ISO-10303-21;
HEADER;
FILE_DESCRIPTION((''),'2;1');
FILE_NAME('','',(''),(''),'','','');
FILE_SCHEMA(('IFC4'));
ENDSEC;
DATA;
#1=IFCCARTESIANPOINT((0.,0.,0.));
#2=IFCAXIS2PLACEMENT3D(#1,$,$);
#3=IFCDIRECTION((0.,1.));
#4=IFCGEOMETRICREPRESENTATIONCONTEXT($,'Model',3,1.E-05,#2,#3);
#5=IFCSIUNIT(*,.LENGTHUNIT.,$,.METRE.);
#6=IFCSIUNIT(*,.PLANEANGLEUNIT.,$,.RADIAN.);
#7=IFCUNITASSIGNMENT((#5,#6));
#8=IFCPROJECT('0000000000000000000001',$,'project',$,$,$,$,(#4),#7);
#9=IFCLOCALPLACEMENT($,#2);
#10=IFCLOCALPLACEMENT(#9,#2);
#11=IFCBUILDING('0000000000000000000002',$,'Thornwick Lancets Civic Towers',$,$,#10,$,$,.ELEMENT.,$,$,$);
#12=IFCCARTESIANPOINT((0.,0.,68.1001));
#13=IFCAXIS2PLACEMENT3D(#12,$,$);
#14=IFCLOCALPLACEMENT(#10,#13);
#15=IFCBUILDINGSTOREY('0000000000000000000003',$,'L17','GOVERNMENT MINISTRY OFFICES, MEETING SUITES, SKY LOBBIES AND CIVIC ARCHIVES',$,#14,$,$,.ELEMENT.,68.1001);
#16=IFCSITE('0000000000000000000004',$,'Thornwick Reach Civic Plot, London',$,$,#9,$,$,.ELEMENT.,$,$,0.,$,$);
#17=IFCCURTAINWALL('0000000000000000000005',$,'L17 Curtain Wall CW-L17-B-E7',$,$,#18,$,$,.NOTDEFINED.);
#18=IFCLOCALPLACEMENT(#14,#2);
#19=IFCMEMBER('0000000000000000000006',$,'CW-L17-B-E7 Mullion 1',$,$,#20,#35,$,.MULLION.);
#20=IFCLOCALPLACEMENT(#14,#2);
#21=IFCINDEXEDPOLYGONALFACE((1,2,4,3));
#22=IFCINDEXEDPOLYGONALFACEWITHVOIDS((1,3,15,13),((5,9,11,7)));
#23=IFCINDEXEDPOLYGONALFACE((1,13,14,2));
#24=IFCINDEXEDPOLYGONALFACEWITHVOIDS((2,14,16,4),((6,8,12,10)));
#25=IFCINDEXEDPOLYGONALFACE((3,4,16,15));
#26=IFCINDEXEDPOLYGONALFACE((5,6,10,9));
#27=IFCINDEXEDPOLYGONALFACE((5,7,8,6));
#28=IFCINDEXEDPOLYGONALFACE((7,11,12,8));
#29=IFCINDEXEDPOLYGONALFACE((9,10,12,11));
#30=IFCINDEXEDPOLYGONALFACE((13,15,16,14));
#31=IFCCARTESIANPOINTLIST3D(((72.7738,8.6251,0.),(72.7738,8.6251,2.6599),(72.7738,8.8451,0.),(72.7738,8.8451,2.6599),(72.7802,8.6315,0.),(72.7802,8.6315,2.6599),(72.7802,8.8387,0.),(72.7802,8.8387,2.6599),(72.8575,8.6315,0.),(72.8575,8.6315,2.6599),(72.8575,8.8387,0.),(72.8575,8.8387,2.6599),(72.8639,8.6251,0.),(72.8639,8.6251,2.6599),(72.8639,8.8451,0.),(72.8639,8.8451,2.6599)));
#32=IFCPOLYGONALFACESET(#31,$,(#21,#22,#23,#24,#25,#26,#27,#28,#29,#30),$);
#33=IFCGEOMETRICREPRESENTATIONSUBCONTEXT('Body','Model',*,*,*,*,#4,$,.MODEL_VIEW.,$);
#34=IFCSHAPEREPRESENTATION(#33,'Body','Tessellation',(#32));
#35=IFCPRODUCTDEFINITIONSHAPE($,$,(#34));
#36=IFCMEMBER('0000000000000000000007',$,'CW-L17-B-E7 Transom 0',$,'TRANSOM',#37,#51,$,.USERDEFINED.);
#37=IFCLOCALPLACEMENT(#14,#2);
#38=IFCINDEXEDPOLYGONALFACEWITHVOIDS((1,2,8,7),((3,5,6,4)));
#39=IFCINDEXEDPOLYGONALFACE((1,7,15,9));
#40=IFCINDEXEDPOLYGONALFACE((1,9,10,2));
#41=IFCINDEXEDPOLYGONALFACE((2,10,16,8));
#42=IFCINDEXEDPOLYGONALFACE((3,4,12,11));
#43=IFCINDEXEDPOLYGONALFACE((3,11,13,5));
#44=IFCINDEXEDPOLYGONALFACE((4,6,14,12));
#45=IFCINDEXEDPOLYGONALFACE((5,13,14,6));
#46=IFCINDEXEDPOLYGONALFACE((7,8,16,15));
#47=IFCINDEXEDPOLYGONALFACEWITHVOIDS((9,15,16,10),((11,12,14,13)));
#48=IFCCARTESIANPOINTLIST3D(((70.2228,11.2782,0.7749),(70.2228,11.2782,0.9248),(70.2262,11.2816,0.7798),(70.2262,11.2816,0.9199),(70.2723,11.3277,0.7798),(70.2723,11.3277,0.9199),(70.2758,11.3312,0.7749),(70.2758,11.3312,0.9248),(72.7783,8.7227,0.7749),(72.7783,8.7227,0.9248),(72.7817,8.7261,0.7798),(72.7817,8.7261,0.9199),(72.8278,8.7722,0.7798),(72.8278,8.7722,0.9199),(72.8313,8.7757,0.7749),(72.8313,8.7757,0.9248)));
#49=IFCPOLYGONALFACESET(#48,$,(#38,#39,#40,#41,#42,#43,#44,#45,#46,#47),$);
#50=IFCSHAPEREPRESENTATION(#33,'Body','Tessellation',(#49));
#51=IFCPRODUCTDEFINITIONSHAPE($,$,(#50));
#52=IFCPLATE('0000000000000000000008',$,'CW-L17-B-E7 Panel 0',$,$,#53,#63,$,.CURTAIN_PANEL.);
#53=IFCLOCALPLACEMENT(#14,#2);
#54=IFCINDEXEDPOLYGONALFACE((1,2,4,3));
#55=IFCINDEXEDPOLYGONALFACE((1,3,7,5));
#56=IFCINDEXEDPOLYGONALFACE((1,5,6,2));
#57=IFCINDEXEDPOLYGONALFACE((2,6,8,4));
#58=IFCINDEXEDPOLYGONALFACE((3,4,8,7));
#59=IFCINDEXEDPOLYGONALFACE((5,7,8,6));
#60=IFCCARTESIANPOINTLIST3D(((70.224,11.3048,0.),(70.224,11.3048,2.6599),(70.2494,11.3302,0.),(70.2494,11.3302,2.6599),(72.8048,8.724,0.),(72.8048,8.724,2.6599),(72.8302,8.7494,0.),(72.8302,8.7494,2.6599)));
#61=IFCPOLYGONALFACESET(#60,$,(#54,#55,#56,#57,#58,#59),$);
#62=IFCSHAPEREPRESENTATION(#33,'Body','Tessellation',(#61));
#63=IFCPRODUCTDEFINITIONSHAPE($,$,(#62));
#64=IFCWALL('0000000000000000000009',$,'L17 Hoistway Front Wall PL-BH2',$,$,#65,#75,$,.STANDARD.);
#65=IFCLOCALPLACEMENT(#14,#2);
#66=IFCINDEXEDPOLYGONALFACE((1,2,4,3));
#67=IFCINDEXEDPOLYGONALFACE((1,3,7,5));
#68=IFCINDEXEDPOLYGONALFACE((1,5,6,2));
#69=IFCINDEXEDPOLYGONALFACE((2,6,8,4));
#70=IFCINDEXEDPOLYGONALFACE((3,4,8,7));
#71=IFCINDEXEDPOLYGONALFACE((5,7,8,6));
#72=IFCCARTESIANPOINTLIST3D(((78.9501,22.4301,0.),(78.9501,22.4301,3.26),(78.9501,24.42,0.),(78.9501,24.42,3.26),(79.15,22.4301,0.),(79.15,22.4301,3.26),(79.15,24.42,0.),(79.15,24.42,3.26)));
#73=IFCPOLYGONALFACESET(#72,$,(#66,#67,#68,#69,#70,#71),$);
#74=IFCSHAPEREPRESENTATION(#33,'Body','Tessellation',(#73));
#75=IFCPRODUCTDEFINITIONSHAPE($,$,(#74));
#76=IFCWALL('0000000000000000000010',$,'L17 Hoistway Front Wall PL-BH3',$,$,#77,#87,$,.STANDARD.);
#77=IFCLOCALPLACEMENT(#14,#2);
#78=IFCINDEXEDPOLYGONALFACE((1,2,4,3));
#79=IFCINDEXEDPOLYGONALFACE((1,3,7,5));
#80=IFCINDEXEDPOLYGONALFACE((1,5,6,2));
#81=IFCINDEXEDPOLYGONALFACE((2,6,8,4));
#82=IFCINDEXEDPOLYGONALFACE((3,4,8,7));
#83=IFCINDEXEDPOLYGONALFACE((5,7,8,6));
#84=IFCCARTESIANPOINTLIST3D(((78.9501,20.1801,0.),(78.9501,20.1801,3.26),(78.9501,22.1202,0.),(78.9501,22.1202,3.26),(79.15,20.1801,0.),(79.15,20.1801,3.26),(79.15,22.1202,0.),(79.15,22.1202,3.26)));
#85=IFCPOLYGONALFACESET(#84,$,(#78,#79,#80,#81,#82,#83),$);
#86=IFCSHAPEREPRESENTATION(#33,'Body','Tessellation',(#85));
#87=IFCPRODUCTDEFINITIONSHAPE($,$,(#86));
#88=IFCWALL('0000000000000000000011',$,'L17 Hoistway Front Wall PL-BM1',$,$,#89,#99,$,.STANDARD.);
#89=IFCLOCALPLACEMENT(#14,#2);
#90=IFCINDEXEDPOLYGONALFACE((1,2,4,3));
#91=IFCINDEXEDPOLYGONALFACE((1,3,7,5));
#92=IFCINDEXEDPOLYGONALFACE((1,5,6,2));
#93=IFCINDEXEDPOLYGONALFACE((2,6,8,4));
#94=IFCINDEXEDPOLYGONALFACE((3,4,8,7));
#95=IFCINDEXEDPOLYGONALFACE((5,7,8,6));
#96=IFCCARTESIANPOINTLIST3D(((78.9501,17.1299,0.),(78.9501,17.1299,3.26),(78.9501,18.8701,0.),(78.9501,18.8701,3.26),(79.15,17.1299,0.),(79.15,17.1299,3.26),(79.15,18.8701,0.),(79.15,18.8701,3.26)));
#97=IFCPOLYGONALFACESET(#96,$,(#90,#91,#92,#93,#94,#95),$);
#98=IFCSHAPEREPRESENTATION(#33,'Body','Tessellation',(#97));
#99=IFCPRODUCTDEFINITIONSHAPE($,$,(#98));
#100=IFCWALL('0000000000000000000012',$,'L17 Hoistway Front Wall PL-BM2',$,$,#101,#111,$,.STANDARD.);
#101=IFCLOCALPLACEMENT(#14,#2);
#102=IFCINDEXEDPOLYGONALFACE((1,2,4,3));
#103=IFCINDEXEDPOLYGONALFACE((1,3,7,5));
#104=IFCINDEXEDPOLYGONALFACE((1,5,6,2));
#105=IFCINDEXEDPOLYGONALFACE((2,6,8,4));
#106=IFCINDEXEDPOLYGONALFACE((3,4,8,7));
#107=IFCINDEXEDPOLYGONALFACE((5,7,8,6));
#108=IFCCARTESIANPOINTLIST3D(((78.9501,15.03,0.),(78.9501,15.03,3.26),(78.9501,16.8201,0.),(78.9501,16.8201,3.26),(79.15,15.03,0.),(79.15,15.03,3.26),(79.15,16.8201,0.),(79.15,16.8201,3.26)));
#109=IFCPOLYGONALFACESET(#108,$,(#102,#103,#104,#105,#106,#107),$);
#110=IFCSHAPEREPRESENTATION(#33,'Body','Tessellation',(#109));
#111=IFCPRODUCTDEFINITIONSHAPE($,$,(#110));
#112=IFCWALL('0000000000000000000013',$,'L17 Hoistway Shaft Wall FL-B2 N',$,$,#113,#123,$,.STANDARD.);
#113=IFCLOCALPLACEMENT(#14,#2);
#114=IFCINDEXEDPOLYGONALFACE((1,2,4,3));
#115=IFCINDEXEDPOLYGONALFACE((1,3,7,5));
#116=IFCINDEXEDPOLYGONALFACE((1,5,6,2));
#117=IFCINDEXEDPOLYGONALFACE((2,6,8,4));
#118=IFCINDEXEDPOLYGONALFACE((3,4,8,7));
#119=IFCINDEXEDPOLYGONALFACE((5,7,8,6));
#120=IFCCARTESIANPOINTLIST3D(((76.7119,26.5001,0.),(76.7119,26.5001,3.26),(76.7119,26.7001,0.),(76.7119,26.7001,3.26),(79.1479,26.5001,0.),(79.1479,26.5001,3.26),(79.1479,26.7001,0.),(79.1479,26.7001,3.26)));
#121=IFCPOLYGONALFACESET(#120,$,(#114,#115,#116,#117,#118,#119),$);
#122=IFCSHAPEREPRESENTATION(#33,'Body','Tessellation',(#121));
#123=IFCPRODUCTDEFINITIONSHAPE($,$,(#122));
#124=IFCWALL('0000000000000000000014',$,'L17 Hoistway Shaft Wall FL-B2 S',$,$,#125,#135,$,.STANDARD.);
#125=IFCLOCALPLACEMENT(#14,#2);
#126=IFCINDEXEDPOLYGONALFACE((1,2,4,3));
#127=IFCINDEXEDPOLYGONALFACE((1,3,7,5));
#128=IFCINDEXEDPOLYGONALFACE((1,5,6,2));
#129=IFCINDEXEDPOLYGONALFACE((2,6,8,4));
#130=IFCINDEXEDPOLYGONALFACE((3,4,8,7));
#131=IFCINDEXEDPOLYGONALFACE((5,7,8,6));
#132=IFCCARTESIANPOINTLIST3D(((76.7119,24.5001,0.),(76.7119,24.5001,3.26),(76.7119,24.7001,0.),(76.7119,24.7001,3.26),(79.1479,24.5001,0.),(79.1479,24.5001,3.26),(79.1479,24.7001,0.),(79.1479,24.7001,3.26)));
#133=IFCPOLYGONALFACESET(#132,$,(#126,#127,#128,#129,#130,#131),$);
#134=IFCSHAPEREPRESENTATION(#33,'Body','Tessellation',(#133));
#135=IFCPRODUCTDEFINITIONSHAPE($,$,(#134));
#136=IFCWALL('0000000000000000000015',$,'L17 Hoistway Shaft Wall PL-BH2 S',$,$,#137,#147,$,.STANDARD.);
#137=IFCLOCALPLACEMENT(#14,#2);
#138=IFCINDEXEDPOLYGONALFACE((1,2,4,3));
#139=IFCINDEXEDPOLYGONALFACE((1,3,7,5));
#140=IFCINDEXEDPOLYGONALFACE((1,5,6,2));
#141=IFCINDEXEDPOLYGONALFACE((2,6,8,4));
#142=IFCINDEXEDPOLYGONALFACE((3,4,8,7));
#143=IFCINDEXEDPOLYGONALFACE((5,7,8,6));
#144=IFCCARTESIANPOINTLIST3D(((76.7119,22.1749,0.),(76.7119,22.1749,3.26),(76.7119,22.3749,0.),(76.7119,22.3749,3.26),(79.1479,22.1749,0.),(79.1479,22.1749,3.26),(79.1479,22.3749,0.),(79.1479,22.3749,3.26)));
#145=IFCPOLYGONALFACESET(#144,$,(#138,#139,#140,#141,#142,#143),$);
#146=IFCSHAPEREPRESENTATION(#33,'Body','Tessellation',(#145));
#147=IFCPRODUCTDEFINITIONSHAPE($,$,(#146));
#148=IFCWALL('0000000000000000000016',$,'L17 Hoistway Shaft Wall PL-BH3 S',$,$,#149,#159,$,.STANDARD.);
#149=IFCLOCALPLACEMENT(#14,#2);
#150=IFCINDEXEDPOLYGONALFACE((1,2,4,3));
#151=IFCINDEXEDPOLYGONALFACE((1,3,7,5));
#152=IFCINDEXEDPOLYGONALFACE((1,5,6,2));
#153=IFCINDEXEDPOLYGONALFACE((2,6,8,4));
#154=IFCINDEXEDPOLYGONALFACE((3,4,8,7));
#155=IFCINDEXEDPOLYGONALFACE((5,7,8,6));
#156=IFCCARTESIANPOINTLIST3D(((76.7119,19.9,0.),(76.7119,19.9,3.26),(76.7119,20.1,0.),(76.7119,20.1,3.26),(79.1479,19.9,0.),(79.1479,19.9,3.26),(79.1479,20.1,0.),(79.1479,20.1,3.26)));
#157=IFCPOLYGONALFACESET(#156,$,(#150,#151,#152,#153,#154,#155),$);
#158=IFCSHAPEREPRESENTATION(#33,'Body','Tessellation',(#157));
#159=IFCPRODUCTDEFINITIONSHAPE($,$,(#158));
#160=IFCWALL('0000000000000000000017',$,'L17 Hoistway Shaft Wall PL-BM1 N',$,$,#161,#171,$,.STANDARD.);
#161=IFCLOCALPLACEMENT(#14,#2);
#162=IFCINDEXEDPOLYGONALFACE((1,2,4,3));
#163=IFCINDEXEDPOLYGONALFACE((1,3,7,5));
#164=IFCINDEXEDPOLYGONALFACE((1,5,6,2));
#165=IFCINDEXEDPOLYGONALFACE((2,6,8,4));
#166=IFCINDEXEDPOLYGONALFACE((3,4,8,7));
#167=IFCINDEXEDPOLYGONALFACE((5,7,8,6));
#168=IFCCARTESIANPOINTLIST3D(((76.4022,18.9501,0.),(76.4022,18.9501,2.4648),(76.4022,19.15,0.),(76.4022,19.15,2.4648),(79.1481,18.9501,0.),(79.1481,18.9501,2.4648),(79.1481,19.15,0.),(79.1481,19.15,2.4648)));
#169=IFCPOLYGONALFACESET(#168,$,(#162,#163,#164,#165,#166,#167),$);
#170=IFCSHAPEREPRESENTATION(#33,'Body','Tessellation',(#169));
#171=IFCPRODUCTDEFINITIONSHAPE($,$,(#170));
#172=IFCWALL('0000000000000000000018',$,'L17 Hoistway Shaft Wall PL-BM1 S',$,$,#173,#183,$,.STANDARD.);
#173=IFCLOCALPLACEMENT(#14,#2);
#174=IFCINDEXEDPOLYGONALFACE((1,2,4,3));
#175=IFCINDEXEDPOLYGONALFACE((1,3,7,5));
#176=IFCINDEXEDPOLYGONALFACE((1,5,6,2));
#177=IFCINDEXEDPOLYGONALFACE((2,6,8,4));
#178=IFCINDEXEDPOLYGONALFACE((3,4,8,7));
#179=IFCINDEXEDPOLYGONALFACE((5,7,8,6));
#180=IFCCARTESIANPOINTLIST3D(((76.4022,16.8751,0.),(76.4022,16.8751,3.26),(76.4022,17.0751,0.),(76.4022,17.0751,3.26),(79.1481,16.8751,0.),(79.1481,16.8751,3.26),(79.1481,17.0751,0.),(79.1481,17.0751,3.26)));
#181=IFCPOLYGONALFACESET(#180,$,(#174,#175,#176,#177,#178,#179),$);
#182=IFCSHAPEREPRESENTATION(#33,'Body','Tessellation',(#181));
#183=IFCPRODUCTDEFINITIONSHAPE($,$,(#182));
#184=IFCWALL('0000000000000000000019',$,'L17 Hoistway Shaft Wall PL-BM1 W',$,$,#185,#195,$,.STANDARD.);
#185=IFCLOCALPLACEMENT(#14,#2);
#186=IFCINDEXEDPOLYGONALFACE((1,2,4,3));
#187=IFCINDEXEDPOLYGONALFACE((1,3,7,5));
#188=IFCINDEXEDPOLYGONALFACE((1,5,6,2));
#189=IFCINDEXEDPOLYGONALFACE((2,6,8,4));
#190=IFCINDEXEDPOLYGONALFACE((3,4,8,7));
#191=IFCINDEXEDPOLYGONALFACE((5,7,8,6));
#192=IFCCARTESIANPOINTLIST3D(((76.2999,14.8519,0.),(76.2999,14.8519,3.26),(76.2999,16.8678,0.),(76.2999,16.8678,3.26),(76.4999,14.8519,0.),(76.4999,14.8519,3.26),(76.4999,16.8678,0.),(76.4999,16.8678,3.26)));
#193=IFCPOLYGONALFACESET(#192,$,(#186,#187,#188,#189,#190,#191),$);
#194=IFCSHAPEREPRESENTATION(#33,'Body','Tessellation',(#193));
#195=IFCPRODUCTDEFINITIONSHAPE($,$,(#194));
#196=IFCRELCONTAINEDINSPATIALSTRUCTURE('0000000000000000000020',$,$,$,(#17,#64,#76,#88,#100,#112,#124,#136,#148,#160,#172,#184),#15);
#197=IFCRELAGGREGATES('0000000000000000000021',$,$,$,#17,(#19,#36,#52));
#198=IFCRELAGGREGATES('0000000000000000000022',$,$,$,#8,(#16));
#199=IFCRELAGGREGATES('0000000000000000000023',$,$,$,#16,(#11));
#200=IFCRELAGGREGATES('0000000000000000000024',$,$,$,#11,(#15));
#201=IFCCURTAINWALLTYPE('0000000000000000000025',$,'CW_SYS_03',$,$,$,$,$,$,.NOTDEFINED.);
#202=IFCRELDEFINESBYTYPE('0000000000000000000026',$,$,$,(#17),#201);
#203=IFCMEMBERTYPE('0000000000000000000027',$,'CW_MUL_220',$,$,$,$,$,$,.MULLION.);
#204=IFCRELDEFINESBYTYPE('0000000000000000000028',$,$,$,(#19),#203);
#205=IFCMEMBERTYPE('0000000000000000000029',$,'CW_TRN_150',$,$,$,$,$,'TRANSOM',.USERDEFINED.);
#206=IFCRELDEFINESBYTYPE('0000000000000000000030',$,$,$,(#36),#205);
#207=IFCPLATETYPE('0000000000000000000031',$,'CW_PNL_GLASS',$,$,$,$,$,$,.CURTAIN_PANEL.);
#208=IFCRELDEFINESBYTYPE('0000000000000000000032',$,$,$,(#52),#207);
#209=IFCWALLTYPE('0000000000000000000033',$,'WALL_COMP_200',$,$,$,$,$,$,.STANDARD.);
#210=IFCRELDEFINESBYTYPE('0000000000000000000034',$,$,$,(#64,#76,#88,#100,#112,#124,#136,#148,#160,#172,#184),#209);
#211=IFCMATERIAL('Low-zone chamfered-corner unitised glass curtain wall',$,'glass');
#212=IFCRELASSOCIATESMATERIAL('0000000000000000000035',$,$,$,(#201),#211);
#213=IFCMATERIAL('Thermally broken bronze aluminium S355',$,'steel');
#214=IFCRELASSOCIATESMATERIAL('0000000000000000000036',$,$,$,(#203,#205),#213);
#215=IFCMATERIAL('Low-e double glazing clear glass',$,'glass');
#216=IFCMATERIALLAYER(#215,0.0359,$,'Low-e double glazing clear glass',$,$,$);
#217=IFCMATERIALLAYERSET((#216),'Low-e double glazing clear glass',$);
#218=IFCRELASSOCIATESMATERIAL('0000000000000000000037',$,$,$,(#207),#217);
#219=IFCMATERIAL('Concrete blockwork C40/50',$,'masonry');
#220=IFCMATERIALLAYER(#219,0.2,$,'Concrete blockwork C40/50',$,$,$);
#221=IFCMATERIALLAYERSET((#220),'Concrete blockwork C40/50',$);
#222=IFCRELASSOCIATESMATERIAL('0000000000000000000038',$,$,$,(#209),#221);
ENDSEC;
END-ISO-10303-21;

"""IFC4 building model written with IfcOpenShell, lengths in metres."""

from ifc_helpers import new_model, si_unit, direction, frame, frame_2d, origin, origin_2d, place, context, subcontext, project, spatial, rectangle, hollow_rectangle, extrude, material, layer, layer_set, material_profile, profile_set, type_object, element, aggregate, save


model = new_model("IFC4")

# Units and contexts
model_context = context("Model", 3, precision=1e-05, world=origin(), true_north=direction((0.0, 1.0)))
body_context = subcontext(model_context, "Body", "Model", "MODEL_VIEW")
ifc_project = project(units=[si_unit("LENGTHUNIT", "METRE"), si_unit("PLANEANGLEUNIT", "RADIAN")], contexts=[model_context])

# Site, building, storey
site_placement = place(None, origin())
site = spatial("IfcSite", under=ifc_project, at=site_placement, Name="Thornwick Reach Civic Plot, London", CompositionType="ELEMENT", RefElevation=0.0)
building_placement = place(site_placement, origin())
building = spatial("IfcBuilding", under=site, at=building_placement, Name="Thornwick Lancets Civic Towers", CompositionType="ELEMENT")
storey_placement = place(building_placement, frame((0.0, 0.0, 68.1001)))
storey = spatial("IfcBuildingStorey", under=building, at=storey_placement, Name="L17", Description="GOVERNMENT MINISTRY OFFICES, MEETING SUITES, SKY LOBBIES AND CIVIC ARCHIVES", CompositionType="ELEMENT", Elevation=68.1001)

# Curtain wall, members, plate
ifc_material_1 = material(Name="Low-zone chamfered-corner unitised glass curtain wall", Category="glass")
curtain_wall_type = type_object("IfcCurtainWallType", Name="CW_SYS_03", PredefinedType="NOTDEFINED", material=ifc_material_1)
curtain_wall_placement = place(storey_placement, origin())
curtain_wall = element("IfcCurtainWall", 1, at=curtain_wall_placement, inside=storey, type_object=curtain_wall_type, Name="L17 Curtain Wall CW-L17-B-E7", PredefinedType="NOTDEFINED")
ifc_material_2 = material(Name="Thermally broken bronze aluminium S355", Category="steel")
ifc_material_profile_1 = material_profile(ifc_material_2, hollow_rectangle(XDim=0.0901, YDim=0.22, WallThickness=0.0063, at=origin_2d()), Name="RHS 220x90x6.3")
ifc_profile_set_1 = profile_set([ifc_material_profile_1], Name="Thermally broken bronze aluminium S355")
member_type_1 = type_object("IfcMemberType", Name="CW_MUL_220", PredefinedType="MULLION", material=ifc_profile_set_1)
member_1_placement = place(storey_placement, frame((72.8188, 8.7351, 0.0), z_axis=(0.0, 0.0, 1.0), x_axis=(1.0, 0.0, 0.0)))
member_1 = element("IfcMember", 2, at=member_1_placement, type_object=member_type_1, Name="CW-L17-B-E7 Mullion 1", PredefinedType="MULLION", context=body_context, shape_type="SweptSolid", body=[
    extrude(hollow_rectangle(XDim=0.0901, YDim=0.22, WallThickness=0.0063, at=origin_2d()), origin(), (0.0, 0.0, 1.0), 2.6599),
])
ifc_material_profile_2 = material_profile(ifc_material_2, hollow_rectangle(XDim=0.075, YDim=0.1499, WallThickness=0.0049, at=origin_2d()), Name="RHS 150x75x5")
ifc_profile_set_2 = profile_set([ifc_material_profile_2], Name="Thermally broken bronze aluminium S355")
member_type_2 = type_object("IfcMemberType", Name="CW_TRN_150", ElementType="TRANSOM", PredefinedType="USERDEFINED", material=ifc_profile_set_2)
member_2_placement = place(storey_placement, frame((70.2493, 11.3047, 0.8499), z_axis=(0.707107, -0.707107, 0.0), x_axis=(0.707107, 0.707107, 0.0)))
member_2 = element("IfcMember", 3, at=member_2_placement, type_object=member_type_2, Name="CW-L17-B-E7 Transom 0", ObjectType="TRANSOM", PredefinedType="USERDEFINED", context=body_context, shape_type="SweptSolid", body=[
    extrude(hollow_rectangle(XDim=0.075, YDim=0.1499, WallThickness=0.0049, at=origin_2d()), origin(), (0.0, 0.0, 1.0), 3.614),
])
ifc_material_3 = material(Name="Low-e double glazing clear glass", Category="glass")
ifc_layer_1 = layer(ifc_material_3, 0.0359, Name="Low-e double glazing clear glass")
ifc_layer_set_1 = layer_set([ifc_layer_1], Name="Low-e double glazing clear glass")
plate_type = type_object("IfcPlateType", Name="CW_PNL_GLASS", PredefinedType="CURTAIN_PANEL", material=ifc_layer_set_1)
plate_placement = place(storey_placement, frame((71.5271, 10.0271, 0.0), z_axis=(0.0, 0.0, 1.0), x_axis=(0.707107, -0.707107, 0.0)))
plate = element("IfcPlate", 4, at=plate_placement, type_object=plate_type, Name="CW-L17-B-E7 Panel 0", PredefinedType="CURTAIN_PANEL", context=body_context, shape_type="SweptSolid", body=[
    extrude(rectangle(XDim=3.6499, YDim=0.0359, at=origin_2d()), origin(), (0.0, 0.0, 1.0), 2.6599),
])
aggregate(curtain_wall, [member_1, member_2, plate])

# Walls
ifc_material_4 = material(Name="Concrete blockwork C40/50", Category="masonry")
ifc_layer_2 = layer(ifc_material_4, 0.2, Name="Concrete blockwork C40/50")
ifc_layer_set_2 = layer_set([ifc_layer_2], Name="Concrete blockwork C40/50")
wall_type_1 = type_object("IfcWallType", Name="WALL_COMP_200", PredefinedType="STANDARD", material=ifc_layer_set_2)
wall_1_placement = place(storey_placement, frame((79.05, 22.4299, 0.0), z_axis=(0.0, 0.0, 1.0), x_axis=(0.0, 1.0, 0.0)))
element("IfcWall", 5, at=wall_1_placement, inside=storey, type_object=wall_type_1, Name="L17 Hoistway Front Wall PL-BH2", PredefinedType="STANDARD", context=body_context, shape_type="SweptSolid", body=[
    extrude(rectangle(XDim=1.99, YDim=0.2, at=frame_2d((0.9951, 0.0))), origin(), (0.0, 0.0, 1.0), 3.26),
])
wall_2_placement = place(storey_placement, frame((79.05, 20.1799, 0.0), z_axis=(0.0, 0.0, 1.0), x_axis=(0.0, 1.0, 0.0)))
element("IfcWall", 6, at=wall_2_placement, inside=storey, type_object=wall_type_1, Name="L17 Hoistway Front Wall PL-BH3", PredefinedType="STANDARD", context=body_context, shape_type="SweptSolid", body=[
    extrude(rectangle(XDim=1.9402, YDim=0.2, at=frame_2d((0.9702, 0.0))), origin(), (0.0, 0.0, 1.0), 3.26),
])
wall_3_placement = place(storey_placement, frame((79.05, 17.1299, 0.0), z_axis=(0.0, 0.0, 1.0), x_axis=(0.0, 1.0, 0.0)))
element("IfcWall", 7, at=wall_3_placement, inside=storey, type_object=wall_type_1, Name="L17 Hoistway Front Wall PL-BM1", PredefinedType="STANDARD", context=body_context, shape_type="SweptSolid", body=[
    extrude(rectangle(XDim=1.7402, YDim=0.2, at=frame_2d((0.8701, 0.0))), origin(), (0.0, 0.0, 1.0), 3.26),
])
wall_4_placement = place(storey_placement, frame((79.05, 15.03, 0.0), z_axis=(0.0, 0.0, 1.0), x_axis=(0.0, 1.0, 0.0)))
element("IfcWall", 8, at=wall_4_placement, inside=storey, type_object=wall_type_1, Name="L17 Hoistway Front Wall PL-BM2", PredefinedType="STANDARD", context=body_context, shape_type="SweptSolid", body=[
    extrude(rectangle(XDim=1.79, YDim=0.2, at=frame_2d((0.895, 0.0))), origin(), (0.0, 0.0, 1.0), 3.26),
])
for number, where, z_axis, x_axis, name in (
    (9, (76.7119, 26.6001, 0.0), (0.0, 0.0, 1.0), (1.0, 0.0, 0.0), "L17 Hoistway Shaft Wall FL-B2 N"),
    (10, (76.7119, 24.6001, 0.0), (0.0, 0.0, 1.0), (1.0, 0.0, 0.0), "L17 Hoistway Shaft Wall FL-B2 S"),
    (11, (76.7119, 22.2749, 0.0), (0.0, 0.0, 1.0), (1.0, 0.0, 0.0), "L17 Hoistway Shaft Wall PL-BH2 S"),
    (12, (76.7119, 20.0, 0.0), (0.0, 0.0, 1.0), (1.0, 0.0, 0.0), "L17 Hoistway Shaft Wall PL-BH3 S"),
):
    element("IfcWall", number, at=place(storey_placement, frame(where, z_axis=z_axis, x_axis=x_axis)), inside=storey, type_object=wall_type_1, Name=name, PredefinedType="STANDARD", context=body_context, shape_type="SweptSolid", body=[
        extrude(rectangle(XDim=2.436, YDim=0.2, at=frame_2d((1.218, 0.0))), origin(), (0.0, 0.0, 1.0), 3.26),
    ])
wall_5_placement = place(storey_placement, frame((76.4021, 19.05, 0.0), z_axis=(0.0, 0.0, 1.0), x_axis=(1.0, 0.0, 0.0)))
element("IfcWall", 13, at=wall_5_placement, inside=storey, type_object=wall_type_1, Name="L17 Hoistway Shaft Wall PL-BM1 N", PredefinedType="STANDARD", context=body_context, shape_type="SweptSolid", body=[
    extrude(rectangle(XDim=2.7458, YDim=0.2, at=frame_2d((1.373, 0.0))), origin(), (0.0, 0.0, 1.0), 2.4648),
])
wall_6_placement = place(storey_placement, frame((76.4021, 16.9751, 0.0), z_axis=(0.0, 0.0, 1.0), x_axis=(1.0, 0.0, 0.0)))
element("IfcWall", 14, at=wall_6_placement, inside=storey, type_object=wall_type_1, Name="L17 Hoistway Shaft Wall PL-BM1 S", PredefinedType="STANDARD", context=body_context, shape_type="SweptSolid", body=[
    extrude(rectangle(XDim=2.7458, YDim=0.2, at=frame_2d((1.373, 0.0))), origin(), (0.0, 0.0, 1.0), 3.26),
])
wall_7_placement = place(storey_placement, frame((76.3999, 14.8521, 0.0), z_axis=(0.0, 0.0, 1.0), x_axis=(0.0, 1.0, 0.0)))
element("IfcWall", 15, at=wall_7_placement, inside=storey, type_object=wall_type_1, Name="L17 Hoistway Shaft Wall PL-BM1 W", PredefinedType="STANDARD", context=body_context, shape_type="SweptSolid", body=[
    extrude(rectangle(XDim=2.0159, YDim=0.2, at=frame_2d((1.0078, 0.0))), origin(), (0.0, 0.0, 1.0), 3.26),
])

save(model, "model.ifc")
